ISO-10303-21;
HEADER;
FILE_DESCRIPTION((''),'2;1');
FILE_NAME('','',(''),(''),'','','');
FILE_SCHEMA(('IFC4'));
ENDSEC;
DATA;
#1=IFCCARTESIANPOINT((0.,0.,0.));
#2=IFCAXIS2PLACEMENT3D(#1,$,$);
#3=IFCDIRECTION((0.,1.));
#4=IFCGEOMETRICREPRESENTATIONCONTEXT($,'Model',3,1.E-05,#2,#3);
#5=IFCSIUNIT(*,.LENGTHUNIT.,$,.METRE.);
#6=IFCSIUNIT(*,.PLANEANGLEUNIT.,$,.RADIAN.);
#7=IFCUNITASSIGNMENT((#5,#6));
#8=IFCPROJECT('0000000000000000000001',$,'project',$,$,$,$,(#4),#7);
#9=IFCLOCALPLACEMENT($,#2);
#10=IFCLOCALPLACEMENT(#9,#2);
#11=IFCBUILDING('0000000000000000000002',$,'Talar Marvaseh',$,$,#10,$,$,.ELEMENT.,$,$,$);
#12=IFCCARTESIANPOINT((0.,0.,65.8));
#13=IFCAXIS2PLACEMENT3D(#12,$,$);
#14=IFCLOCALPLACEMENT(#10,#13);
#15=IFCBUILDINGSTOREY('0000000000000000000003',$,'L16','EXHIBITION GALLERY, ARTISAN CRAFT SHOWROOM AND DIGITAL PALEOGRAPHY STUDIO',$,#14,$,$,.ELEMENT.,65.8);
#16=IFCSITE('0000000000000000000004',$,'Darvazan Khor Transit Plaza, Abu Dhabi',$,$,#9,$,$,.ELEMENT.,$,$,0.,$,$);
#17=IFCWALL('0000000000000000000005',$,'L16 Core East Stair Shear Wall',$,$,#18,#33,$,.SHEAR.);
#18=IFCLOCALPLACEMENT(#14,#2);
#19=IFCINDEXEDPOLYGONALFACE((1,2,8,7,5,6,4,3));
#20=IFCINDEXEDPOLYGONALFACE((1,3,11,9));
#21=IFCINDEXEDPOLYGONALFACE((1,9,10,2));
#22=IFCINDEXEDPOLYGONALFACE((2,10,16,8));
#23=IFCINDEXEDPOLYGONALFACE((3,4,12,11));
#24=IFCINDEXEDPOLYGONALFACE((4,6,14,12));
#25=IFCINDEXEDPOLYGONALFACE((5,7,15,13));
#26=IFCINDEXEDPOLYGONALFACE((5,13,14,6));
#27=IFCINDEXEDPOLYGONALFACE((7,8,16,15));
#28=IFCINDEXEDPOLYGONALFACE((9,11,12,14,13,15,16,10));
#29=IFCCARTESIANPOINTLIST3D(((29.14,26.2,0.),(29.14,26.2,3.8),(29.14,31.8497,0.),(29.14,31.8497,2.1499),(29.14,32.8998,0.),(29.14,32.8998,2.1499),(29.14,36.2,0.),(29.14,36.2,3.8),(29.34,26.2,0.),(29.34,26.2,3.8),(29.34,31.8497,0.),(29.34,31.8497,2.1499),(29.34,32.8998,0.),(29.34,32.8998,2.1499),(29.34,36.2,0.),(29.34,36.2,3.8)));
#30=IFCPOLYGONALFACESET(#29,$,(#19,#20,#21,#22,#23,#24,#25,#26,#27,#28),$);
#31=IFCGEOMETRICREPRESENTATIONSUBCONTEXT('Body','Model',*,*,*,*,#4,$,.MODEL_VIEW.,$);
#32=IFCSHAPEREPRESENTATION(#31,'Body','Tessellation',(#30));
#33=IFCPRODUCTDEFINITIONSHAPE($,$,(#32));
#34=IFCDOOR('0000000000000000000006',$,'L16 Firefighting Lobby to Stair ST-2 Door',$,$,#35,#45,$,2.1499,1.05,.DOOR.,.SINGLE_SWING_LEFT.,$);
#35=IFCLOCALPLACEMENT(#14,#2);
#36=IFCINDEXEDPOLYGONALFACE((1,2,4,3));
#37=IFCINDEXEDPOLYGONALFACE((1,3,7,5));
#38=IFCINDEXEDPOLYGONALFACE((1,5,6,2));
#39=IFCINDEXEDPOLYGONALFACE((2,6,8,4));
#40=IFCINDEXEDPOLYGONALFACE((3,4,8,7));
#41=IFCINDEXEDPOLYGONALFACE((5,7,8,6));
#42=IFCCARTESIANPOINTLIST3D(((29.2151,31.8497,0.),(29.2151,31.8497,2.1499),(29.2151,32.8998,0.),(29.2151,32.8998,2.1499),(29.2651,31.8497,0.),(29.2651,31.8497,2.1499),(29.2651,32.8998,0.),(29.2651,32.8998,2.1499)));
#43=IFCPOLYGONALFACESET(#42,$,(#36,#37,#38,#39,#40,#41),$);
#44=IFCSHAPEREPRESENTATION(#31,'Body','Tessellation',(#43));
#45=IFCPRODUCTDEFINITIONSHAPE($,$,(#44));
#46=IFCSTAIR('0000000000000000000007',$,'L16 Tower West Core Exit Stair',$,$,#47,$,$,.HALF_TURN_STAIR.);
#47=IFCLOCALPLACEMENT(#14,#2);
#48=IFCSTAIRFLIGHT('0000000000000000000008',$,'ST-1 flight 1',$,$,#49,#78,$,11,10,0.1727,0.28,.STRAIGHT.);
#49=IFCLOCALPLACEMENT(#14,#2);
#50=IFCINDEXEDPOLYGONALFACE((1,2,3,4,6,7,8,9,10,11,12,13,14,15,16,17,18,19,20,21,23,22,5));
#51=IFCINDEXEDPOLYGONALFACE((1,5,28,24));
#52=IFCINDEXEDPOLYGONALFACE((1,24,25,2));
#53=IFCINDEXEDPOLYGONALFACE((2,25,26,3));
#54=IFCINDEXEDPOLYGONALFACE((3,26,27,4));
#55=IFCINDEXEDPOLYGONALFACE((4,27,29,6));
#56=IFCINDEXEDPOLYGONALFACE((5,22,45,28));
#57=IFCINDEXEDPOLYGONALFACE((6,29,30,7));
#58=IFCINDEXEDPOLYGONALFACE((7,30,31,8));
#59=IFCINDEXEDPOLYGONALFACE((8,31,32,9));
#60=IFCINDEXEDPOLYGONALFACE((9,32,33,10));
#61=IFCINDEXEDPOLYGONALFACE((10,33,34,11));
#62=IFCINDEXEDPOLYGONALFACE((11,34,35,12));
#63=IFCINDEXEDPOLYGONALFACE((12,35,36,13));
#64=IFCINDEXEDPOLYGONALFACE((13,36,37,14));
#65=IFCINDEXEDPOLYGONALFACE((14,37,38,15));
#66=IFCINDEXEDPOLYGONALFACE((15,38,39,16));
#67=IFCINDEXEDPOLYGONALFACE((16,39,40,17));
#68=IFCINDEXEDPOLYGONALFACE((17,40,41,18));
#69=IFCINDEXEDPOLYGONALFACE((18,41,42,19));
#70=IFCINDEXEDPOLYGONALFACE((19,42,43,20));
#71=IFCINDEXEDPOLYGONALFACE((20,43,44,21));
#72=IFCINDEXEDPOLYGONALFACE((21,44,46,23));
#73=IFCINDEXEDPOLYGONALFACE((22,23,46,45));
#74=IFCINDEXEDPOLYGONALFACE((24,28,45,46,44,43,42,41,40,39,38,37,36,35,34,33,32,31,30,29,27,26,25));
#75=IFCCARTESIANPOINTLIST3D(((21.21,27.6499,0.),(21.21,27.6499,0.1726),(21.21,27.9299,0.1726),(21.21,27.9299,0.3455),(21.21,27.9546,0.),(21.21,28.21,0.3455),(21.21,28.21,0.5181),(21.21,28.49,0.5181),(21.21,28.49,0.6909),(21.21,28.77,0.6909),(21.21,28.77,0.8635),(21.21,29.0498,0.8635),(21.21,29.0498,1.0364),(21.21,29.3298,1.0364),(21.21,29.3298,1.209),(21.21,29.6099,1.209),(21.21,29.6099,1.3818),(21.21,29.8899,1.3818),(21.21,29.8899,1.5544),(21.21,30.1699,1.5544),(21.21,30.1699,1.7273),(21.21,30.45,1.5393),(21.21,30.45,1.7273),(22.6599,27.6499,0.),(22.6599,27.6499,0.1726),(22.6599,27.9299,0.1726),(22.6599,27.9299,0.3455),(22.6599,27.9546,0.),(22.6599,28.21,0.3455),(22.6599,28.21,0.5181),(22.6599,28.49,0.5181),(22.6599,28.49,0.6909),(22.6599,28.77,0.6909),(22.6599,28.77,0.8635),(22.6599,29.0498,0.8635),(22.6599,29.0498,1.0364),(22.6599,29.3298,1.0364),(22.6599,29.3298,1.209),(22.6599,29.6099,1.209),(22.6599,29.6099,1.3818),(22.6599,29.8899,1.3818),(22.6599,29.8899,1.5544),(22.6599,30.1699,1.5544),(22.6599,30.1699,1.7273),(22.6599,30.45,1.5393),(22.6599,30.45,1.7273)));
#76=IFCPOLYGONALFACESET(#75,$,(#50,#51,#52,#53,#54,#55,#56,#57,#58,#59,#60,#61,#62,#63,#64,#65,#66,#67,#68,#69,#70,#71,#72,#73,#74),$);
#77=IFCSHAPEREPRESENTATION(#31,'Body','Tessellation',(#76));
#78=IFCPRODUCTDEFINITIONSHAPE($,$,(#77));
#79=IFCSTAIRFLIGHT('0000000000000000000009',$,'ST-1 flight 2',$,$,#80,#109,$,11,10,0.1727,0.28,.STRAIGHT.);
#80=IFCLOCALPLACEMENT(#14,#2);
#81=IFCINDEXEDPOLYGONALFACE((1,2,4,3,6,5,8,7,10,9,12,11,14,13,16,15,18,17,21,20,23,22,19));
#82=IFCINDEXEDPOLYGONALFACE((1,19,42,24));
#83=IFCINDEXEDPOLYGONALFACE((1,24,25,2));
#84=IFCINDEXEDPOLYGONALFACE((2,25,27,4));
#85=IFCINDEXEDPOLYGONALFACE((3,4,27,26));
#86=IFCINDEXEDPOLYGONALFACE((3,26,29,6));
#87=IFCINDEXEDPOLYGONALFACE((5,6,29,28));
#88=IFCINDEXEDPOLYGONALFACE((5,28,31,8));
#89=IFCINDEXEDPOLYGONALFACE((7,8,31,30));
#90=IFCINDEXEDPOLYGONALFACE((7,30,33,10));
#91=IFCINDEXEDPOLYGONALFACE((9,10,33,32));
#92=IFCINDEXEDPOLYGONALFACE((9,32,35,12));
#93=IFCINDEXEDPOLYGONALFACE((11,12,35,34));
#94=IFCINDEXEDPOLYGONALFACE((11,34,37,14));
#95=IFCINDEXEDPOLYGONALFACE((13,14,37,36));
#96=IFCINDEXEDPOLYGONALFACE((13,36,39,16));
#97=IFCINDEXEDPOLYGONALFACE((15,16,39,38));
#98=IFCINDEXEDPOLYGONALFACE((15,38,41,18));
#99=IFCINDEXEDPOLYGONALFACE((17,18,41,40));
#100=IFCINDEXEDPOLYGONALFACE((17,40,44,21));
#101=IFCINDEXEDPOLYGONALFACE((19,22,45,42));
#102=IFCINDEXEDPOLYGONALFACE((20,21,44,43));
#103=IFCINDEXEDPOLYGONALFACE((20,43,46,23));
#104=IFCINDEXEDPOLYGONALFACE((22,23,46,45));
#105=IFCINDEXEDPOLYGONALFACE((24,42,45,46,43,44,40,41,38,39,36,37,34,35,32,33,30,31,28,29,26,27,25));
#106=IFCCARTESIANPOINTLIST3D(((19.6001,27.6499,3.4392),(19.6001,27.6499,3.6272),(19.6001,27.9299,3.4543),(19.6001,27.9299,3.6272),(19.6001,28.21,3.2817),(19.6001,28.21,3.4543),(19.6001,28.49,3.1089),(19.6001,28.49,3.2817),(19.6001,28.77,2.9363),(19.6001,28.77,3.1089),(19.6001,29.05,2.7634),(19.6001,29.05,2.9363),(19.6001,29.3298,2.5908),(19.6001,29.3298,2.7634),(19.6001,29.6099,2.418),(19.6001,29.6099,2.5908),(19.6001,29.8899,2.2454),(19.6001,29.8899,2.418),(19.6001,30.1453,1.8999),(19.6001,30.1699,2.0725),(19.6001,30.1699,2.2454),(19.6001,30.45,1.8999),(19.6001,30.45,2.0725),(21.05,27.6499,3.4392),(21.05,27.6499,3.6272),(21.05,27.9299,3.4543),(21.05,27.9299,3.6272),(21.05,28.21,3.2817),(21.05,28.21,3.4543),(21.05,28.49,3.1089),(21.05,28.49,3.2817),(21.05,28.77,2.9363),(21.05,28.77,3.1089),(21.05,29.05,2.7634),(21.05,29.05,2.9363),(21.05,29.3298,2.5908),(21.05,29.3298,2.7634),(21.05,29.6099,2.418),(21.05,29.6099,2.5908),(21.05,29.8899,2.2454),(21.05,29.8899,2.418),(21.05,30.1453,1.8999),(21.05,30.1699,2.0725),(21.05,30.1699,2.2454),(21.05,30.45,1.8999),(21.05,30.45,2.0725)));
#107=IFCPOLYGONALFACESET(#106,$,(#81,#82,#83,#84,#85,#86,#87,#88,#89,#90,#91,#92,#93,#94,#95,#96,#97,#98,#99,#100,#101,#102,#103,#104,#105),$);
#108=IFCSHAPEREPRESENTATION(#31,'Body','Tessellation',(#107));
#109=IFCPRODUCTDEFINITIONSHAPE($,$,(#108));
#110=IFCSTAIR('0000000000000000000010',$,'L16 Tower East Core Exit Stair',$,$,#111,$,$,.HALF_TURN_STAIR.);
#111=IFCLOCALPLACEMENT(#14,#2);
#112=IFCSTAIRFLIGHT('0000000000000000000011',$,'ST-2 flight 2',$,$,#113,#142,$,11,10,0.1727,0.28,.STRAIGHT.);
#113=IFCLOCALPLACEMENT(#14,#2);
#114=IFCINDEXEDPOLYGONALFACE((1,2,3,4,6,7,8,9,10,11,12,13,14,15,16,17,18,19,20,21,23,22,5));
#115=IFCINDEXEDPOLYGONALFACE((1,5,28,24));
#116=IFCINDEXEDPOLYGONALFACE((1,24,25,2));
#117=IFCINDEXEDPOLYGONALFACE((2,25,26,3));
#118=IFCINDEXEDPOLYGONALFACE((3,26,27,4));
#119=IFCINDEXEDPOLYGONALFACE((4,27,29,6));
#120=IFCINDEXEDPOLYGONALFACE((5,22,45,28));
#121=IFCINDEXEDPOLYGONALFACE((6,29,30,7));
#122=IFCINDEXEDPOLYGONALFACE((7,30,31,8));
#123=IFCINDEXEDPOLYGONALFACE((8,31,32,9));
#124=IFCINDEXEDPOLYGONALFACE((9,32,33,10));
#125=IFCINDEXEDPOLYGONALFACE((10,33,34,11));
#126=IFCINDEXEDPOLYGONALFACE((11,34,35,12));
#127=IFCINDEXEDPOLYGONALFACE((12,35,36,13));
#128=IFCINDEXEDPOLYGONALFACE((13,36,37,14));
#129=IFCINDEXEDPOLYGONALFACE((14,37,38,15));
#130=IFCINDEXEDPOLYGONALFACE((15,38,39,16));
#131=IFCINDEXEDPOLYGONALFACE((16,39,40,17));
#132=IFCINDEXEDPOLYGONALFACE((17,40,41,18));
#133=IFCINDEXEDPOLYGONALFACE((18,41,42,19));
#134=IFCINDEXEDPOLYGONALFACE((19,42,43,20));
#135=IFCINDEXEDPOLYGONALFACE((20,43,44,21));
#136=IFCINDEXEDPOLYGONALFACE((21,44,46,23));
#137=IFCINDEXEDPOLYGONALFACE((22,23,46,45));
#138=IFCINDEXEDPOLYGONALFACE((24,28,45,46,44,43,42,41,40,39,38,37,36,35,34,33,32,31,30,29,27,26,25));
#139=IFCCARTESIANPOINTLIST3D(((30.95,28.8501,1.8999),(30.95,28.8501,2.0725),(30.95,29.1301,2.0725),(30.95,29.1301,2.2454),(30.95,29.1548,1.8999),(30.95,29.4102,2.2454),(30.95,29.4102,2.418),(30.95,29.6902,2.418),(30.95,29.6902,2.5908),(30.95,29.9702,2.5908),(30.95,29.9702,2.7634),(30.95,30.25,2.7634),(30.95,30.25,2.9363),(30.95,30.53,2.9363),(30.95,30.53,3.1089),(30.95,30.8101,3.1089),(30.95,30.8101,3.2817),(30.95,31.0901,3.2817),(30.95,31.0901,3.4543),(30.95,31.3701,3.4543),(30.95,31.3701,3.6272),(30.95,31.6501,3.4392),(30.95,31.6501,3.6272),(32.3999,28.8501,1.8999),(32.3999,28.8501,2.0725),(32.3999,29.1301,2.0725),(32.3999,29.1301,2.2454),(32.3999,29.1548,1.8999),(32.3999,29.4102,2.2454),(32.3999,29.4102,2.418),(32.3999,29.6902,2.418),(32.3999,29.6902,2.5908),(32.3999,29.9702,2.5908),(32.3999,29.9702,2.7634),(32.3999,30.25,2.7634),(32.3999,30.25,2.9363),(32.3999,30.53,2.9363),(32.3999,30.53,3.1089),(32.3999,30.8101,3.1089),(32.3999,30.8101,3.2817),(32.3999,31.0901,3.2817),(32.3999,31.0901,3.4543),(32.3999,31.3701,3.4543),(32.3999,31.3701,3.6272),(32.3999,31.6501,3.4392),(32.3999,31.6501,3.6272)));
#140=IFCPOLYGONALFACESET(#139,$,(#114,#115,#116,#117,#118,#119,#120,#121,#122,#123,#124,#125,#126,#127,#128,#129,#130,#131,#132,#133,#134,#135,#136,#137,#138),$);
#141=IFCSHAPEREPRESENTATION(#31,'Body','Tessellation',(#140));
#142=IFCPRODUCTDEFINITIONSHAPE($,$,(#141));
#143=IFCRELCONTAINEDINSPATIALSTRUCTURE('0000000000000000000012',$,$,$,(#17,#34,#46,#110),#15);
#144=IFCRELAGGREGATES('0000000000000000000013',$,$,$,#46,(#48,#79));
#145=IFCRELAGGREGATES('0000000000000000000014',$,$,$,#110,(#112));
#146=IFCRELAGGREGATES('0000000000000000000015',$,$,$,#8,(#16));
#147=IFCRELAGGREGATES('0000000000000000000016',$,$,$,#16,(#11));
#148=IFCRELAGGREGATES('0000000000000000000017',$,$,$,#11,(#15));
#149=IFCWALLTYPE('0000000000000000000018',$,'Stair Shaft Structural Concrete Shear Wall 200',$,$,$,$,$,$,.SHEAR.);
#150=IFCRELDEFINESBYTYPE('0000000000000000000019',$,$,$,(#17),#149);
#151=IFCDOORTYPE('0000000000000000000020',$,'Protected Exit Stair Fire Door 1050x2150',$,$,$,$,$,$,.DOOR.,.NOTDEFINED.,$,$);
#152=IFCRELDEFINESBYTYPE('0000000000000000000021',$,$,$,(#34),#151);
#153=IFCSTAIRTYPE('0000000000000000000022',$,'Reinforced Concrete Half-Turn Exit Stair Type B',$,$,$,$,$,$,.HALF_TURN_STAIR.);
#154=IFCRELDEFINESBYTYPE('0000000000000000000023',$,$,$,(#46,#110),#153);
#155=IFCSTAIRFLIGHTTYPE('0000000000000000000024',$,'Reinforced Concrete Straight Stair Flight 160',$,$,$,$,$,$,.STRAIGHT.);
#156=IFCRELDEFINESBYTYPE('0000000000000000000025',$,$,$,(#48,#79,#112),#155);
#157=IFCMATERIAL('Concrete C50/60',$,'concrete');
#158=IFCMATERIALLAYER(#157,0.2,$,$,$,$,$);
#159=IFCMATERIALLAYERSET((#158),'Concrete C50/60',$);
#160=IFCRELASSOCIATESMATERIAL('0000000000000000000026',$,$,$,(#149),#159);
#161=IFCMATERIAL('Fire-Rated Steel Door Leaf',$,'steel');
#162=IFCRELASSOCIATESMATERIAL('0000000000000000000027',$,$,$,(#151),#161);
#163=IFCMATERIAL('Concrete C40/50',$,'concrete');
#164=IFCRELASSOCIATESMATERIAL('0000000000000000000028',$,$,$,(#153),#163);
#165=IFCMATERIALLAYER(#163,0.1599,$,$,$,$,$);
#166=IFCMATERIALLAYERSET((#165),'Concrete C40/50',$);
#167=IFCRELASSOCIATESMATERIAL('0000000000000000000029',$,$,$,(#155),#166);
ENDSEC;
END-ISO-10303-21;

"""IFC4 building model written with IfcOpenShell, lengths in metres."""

from ifc_helpers import new_model, si_unit, direction, frame, frame_2d, origin, place, context, subcontext, project, spatial, polyline, rectangle, outline, extrude, source, transform, mapped, material, layer, layer_set, type_object, type_shapes, element, fill, aggregate, save


model = new_model("IFC4")

# Units and contexts
model_context = context("Model", 3, precision=1e-05, world=origin(), true_north=direction((0.0, 1.0)))
body_context = subcontext(model_context, "Body", "Model", "MODEL_VIEW")
ifc_project = project(units=[si_unit("LENGTHUNIT", "METRE"), si_unit("PLANEANGLEUNIT", "RADIAN")], contexts=[model_context])

# Site, building, storey
site_placement = place(None, origin())
site = spatial("IfcSite", under=ifc_project, at=site_placement, Name="Darvazan Khor Transit Plaza, Abu Dhabi", CompositionType="ELEMENT", RefElevation=0.0)
building_placement = place(site_placement, origin())
building = spatial("IfcBuilding", under=site, at=building_placement, Name="Talar Marvaseh", CompositionType="ELEMENT")
storey_placement = place(building_placement, frame((0.0, 0.0, 65.8)))
storey = spatial("IfcBuildingStorey", under=building, at=storey_placement, Name="L16", Description="EXHIBITION GALLERY, ARTISAN CRAFT SHOWROOM AND DIGITAL PALEOGRAPHY STUDIO", CompositionType="ELEMENT", Elevation=65.8)

# Shared definitions
ifc_material_1 = material(Name="Concrete C40/50", Category="concrete")

# Shared definitions
ifc_material_2 = material(Name="Fire-Rated Steel Door Leaf", Category="steel")

# Shared definitions
ifc_material_3 = material(Name="Concrete C50/60", Category="concrete")
ifc_layer_1 = layer(ifc_material_3, 0.2)
ifc_layer_set_1 = layer_set([ifc_layer_1], Name="Concrete C50/60")
wall_type_1 = type_object("IfcWallType", Name="Stair Shaft Structural Concrete Shear Wall 200", PredefinedType="SHEAR", material=ifc_layer_set_1)

# Wall, opening, door
wall_1_placement = place(storey_placement, frame((29.24, 26.2, 0.0), z_axis=(0.0, 0.0, 1.0), x_axis=(0.0, 1.0, 0.0)))
wall_1 = element("IfcWall", 1, at=wall_1_placement, inside=storey, type_object=wall_type_1, Name="L16 Core East Stair Shear Wall", PredefinedType="SHEAR", context=body_context, shape_type="SweptSolid", body=[
    extrude(rectangle(XDim=10.0, YDim=0.2, at=frame_2d((5.0, 0.0))), origin(), (0.0, 0.0, 1.0), 3.8),
])
opening_1_placement = place(wall_1_placement, frame((5.6499, 0.0, 0.0)))
opening_1 = element("IfcOpeningElement", 2, at=opening_1_placement, cuts=wall_1, PredefinedType="OPENING", context=body_context, shape_type="SweptSolid", body=[
    extrude(rectangle(XDim=1.05, YDim=2.1499, at=frame_2d((0.5249, 1.075))), frame((0.0, 0.1099, 0.0), z_axis=(0.0, -1.0, 0.0), x_axis=(1.0, 0.0, 0.0)), (0.0, 0.0, 1.0), 0.22),
])
door_type_1 = type_object("IfcDoorType", Name="Protected Exit Stair Fire Door 1050x2150", OperationType="NOTDEFINED", PredefinedType="DOOR", material=ifc_material_2)
shared_shape_1 = source(origin(), body_context, "Body", "SweptSolid", [
    extrude(rectangle(XDim=1.05, YDim=2.1499, at=frame_2d((0.5249, 1.075))), frame((0.0, 0.0249, 0.0), z_axis=(0.0, -1.0, 0.0), x_axis=(1.0, 0.0, 0.0)), (0.0, 0.0, 1.0), 0.05),
])
type_shapes(door_type_1, [shared_shape_1])
door_1_placement = place(opening_1_placement, origin())
door_1 = element("IfcDoor", 3, at=door_1_placement, inside=storey, type_object=door_type_1, Name="L16 Firefighting Lobby to Stair ST-2 Door", OperationType="SINGLE_SWING_LEFT", OverallHeight=2.1499, OverallWidth=1.05, PredefinedType="DOOR", context=body_context, shape_type="MappedRepresentation", body=[
    mapped(shared_shape_1, transform((0.0, 0.0, 0.0), x_axis=(1.0, 0.0, 0.0), y_axis=(0.0, 1.0, 0.0), z_axis=(0.0, 0.0, 1.0), scale=1.0)),
])
fill(opening_1, door_1)

# Stair, stair flights
stair_type = type_object("IfcStairType", Name="Reinforced Concrete Half-Turn Exit Stair Type B", PredefinedType="HALF_TURN_STAIR", material=ifc_material_1)
stair_1_placement = place(storey_placement, origin())
stair_1 = element("IfcStair", 4, at=stair_1_placement, inside=storey, type_object=stair_type, Name="L16 Tower West Core Exit Stair", PredefinedType="HALF_TURN_STAIR")
ifc_layer_2 = layer(ifc_material_1, 0.1599)
ifc_layer_set_2 = layer_set([ifc_layer_2], Name="Concrete C40/50")
stair_flight_type = type_object("IfcStairFlightType", Name="Reinforced Concrete Straight Stair Flight 160", PredefinedType="STRAIGHT", material=ifc_layer_set_2)
stair_flight_1_placement = place(storey_placement, frame((21.9351, 27.6499, 0.0), z_axis=(0.0, 0.0, 1.0), x_axis=(0.0, 1.0, 0.0)))
stair_flight_1 = element("IfcStairFlight", 5, at=stair_flight_1_placement, type_object=stair_flight_type, Name="ST-1 flight 1", NumberOfRisers=11, NumberOfTreads=10, PredefinedType="STRAIGHT", RiserHeight=0.1727, TreadLength=0.28, context=body_context, shape_type="SweptSolid", body=[
    extrude(outline(polyline([(0.0, 0.0), (0.0, 0.1726), (0.28, 0.1726), (0.28, 0.3455), (0.5601, 0.3455), (0.5601, 0.5181), (0.8401, 0.5181), (0.8401, 0.6909), (1.1201, 0.6909), (1.1201, 0.8635), (1.3999, 0.8635), (1.3999, 1.0364), (1.6799, 1.0364), (1.6799, 1.209), (1.96, 1.209), (1.96, 1.3818), (2.24, 1.3818), (2.24, 1.5544), (2.52, 1.5544), (2.52, 1.7273), (2.8, 1.7273), (2.8, 1.8999), (2.8, 1.5393), (0.3047, 0.0), (0.0, 0.0)])), frame((0.0, 0.7251, 0.0), z_axis=(0.0, -1.0, 0.0), x_axis=(1.0, 0.0, 0.0)), (0.0, 0.0, 1.0), 1.45),
])
stair_flight_2_placement = place(storey_placement, frame((20.325, 30.45, 1.8999), z_axis=(0.0, 0.0, 1.0), x_axis=(0.0, -1.0, 0.0)))
stair_flight_2 = element("IfcStairFlight", 6, at=stair_flight_2_placement, type_object=stair_flight_type, Name="ST-1 flight 2", NumberOfRisers=11, NumberOfTreads=10, PredefinedType="STRAIGHT", RiserHeight=0.1727, TreadLength=0.28, context=body_context, shape_type="SweptSolid", body=[
    extrude(outline(polyline([(0.0, 0.0), (0.0, 0.1726), (0.28, 0.1726), (0.28, 0.3455), (0.5601, 0.3455), (0.5601, 0.5181), (0.8401, 0.5181), (0.8401, 0.6909), (1.1201, 0.6909), (1.1201, 0.8635), (1.3999, 0.8635), (1.3999, 1.0364), (1.6799, 1.0364), (1.6799, 1.209), (1.96, 1.209), (1.96, 1.3818), (2.24, 1.3818), (2.24, 1.5544), (2.52, 1.5544), (2.52, 1.7273), (2.8, 1.7273), (2.8, 1.8999), (2.8, 1.5393), (0.3047, 0.0), (0.0, 0.0)])), frame((0.0, 0.7251, 0.0), z_axis=(0.0, -1.0, 0.0), x_axis=(1.0, 0.0, 0.0)), (0.0, 0.0, 1.0), 1.45),
])
aggregate(stair_1, [stair_flight_1, stair_flight_2])

# Stair, stair flight
stair_2_placement = place(storey_placement, origin())
stair_2 = element("IfcStair", 7, at=stair_2_placement, inside=storey, type_object=stair_type, Name="L16 Tower East Core Exit Stair", PredefinedType="HALF_TURN_STAIR")
stair_flight_3_placement = place(storey_placement, frame((31.675, 28.8501, 1.8999), z_axis=(0.0, 0.0, 1.0), x_axis=(0.0, 1.0, 0.0)))
stair_flight_3 = element("IfcStairFlight", 8, at=stair_flight_3_placement, type_object=stair_flight_type, Name="ST-2 flight 2", NumberOfRisers=11, NumberOfTreads=10, PredefinedType="STRAIGHT", RiserHeight=0.1727, TreadLength=0.28, context=body_context, shape_type="SweptSolid", body=[
    extrude(outline(polyline([(0.0, 0.0), (0.0, 0.1726), (0.28, 0.1726), (0.28, 0.3455), (0.5601, 0.3455), (0.5601, 0.5181), (0.8401, 0.5181), (0.8401, 0.6909), (1.1201, 0.6909), (1.1201, 0.8635), (1.3999, 0.8635), (1.3999, 1.0364), (1.6799, 1.0364), (1.6799, 1.209), (1.96, 1.209), (1.96, 1.3818), (2.24, 1.3818), (2.24, 1.5544), (2.52, 1.5544), (2.52, 1.7273), (2.8, 1.7273), (2.8, 1.8999), (2.8, 1.5393), (0.3047, 0.0), (0.0, 0.0)])), frame((0.0, 0.7251, 0.0), z_axis=(0.0, -1.0, 0.0), x_axis=(1.0, 0.0, 0.0)), (0.0, 0.0, 1.0), 1.45),
])
aggregate(stair_2, [stair_flight_3])

save(model, "model.ifc")
